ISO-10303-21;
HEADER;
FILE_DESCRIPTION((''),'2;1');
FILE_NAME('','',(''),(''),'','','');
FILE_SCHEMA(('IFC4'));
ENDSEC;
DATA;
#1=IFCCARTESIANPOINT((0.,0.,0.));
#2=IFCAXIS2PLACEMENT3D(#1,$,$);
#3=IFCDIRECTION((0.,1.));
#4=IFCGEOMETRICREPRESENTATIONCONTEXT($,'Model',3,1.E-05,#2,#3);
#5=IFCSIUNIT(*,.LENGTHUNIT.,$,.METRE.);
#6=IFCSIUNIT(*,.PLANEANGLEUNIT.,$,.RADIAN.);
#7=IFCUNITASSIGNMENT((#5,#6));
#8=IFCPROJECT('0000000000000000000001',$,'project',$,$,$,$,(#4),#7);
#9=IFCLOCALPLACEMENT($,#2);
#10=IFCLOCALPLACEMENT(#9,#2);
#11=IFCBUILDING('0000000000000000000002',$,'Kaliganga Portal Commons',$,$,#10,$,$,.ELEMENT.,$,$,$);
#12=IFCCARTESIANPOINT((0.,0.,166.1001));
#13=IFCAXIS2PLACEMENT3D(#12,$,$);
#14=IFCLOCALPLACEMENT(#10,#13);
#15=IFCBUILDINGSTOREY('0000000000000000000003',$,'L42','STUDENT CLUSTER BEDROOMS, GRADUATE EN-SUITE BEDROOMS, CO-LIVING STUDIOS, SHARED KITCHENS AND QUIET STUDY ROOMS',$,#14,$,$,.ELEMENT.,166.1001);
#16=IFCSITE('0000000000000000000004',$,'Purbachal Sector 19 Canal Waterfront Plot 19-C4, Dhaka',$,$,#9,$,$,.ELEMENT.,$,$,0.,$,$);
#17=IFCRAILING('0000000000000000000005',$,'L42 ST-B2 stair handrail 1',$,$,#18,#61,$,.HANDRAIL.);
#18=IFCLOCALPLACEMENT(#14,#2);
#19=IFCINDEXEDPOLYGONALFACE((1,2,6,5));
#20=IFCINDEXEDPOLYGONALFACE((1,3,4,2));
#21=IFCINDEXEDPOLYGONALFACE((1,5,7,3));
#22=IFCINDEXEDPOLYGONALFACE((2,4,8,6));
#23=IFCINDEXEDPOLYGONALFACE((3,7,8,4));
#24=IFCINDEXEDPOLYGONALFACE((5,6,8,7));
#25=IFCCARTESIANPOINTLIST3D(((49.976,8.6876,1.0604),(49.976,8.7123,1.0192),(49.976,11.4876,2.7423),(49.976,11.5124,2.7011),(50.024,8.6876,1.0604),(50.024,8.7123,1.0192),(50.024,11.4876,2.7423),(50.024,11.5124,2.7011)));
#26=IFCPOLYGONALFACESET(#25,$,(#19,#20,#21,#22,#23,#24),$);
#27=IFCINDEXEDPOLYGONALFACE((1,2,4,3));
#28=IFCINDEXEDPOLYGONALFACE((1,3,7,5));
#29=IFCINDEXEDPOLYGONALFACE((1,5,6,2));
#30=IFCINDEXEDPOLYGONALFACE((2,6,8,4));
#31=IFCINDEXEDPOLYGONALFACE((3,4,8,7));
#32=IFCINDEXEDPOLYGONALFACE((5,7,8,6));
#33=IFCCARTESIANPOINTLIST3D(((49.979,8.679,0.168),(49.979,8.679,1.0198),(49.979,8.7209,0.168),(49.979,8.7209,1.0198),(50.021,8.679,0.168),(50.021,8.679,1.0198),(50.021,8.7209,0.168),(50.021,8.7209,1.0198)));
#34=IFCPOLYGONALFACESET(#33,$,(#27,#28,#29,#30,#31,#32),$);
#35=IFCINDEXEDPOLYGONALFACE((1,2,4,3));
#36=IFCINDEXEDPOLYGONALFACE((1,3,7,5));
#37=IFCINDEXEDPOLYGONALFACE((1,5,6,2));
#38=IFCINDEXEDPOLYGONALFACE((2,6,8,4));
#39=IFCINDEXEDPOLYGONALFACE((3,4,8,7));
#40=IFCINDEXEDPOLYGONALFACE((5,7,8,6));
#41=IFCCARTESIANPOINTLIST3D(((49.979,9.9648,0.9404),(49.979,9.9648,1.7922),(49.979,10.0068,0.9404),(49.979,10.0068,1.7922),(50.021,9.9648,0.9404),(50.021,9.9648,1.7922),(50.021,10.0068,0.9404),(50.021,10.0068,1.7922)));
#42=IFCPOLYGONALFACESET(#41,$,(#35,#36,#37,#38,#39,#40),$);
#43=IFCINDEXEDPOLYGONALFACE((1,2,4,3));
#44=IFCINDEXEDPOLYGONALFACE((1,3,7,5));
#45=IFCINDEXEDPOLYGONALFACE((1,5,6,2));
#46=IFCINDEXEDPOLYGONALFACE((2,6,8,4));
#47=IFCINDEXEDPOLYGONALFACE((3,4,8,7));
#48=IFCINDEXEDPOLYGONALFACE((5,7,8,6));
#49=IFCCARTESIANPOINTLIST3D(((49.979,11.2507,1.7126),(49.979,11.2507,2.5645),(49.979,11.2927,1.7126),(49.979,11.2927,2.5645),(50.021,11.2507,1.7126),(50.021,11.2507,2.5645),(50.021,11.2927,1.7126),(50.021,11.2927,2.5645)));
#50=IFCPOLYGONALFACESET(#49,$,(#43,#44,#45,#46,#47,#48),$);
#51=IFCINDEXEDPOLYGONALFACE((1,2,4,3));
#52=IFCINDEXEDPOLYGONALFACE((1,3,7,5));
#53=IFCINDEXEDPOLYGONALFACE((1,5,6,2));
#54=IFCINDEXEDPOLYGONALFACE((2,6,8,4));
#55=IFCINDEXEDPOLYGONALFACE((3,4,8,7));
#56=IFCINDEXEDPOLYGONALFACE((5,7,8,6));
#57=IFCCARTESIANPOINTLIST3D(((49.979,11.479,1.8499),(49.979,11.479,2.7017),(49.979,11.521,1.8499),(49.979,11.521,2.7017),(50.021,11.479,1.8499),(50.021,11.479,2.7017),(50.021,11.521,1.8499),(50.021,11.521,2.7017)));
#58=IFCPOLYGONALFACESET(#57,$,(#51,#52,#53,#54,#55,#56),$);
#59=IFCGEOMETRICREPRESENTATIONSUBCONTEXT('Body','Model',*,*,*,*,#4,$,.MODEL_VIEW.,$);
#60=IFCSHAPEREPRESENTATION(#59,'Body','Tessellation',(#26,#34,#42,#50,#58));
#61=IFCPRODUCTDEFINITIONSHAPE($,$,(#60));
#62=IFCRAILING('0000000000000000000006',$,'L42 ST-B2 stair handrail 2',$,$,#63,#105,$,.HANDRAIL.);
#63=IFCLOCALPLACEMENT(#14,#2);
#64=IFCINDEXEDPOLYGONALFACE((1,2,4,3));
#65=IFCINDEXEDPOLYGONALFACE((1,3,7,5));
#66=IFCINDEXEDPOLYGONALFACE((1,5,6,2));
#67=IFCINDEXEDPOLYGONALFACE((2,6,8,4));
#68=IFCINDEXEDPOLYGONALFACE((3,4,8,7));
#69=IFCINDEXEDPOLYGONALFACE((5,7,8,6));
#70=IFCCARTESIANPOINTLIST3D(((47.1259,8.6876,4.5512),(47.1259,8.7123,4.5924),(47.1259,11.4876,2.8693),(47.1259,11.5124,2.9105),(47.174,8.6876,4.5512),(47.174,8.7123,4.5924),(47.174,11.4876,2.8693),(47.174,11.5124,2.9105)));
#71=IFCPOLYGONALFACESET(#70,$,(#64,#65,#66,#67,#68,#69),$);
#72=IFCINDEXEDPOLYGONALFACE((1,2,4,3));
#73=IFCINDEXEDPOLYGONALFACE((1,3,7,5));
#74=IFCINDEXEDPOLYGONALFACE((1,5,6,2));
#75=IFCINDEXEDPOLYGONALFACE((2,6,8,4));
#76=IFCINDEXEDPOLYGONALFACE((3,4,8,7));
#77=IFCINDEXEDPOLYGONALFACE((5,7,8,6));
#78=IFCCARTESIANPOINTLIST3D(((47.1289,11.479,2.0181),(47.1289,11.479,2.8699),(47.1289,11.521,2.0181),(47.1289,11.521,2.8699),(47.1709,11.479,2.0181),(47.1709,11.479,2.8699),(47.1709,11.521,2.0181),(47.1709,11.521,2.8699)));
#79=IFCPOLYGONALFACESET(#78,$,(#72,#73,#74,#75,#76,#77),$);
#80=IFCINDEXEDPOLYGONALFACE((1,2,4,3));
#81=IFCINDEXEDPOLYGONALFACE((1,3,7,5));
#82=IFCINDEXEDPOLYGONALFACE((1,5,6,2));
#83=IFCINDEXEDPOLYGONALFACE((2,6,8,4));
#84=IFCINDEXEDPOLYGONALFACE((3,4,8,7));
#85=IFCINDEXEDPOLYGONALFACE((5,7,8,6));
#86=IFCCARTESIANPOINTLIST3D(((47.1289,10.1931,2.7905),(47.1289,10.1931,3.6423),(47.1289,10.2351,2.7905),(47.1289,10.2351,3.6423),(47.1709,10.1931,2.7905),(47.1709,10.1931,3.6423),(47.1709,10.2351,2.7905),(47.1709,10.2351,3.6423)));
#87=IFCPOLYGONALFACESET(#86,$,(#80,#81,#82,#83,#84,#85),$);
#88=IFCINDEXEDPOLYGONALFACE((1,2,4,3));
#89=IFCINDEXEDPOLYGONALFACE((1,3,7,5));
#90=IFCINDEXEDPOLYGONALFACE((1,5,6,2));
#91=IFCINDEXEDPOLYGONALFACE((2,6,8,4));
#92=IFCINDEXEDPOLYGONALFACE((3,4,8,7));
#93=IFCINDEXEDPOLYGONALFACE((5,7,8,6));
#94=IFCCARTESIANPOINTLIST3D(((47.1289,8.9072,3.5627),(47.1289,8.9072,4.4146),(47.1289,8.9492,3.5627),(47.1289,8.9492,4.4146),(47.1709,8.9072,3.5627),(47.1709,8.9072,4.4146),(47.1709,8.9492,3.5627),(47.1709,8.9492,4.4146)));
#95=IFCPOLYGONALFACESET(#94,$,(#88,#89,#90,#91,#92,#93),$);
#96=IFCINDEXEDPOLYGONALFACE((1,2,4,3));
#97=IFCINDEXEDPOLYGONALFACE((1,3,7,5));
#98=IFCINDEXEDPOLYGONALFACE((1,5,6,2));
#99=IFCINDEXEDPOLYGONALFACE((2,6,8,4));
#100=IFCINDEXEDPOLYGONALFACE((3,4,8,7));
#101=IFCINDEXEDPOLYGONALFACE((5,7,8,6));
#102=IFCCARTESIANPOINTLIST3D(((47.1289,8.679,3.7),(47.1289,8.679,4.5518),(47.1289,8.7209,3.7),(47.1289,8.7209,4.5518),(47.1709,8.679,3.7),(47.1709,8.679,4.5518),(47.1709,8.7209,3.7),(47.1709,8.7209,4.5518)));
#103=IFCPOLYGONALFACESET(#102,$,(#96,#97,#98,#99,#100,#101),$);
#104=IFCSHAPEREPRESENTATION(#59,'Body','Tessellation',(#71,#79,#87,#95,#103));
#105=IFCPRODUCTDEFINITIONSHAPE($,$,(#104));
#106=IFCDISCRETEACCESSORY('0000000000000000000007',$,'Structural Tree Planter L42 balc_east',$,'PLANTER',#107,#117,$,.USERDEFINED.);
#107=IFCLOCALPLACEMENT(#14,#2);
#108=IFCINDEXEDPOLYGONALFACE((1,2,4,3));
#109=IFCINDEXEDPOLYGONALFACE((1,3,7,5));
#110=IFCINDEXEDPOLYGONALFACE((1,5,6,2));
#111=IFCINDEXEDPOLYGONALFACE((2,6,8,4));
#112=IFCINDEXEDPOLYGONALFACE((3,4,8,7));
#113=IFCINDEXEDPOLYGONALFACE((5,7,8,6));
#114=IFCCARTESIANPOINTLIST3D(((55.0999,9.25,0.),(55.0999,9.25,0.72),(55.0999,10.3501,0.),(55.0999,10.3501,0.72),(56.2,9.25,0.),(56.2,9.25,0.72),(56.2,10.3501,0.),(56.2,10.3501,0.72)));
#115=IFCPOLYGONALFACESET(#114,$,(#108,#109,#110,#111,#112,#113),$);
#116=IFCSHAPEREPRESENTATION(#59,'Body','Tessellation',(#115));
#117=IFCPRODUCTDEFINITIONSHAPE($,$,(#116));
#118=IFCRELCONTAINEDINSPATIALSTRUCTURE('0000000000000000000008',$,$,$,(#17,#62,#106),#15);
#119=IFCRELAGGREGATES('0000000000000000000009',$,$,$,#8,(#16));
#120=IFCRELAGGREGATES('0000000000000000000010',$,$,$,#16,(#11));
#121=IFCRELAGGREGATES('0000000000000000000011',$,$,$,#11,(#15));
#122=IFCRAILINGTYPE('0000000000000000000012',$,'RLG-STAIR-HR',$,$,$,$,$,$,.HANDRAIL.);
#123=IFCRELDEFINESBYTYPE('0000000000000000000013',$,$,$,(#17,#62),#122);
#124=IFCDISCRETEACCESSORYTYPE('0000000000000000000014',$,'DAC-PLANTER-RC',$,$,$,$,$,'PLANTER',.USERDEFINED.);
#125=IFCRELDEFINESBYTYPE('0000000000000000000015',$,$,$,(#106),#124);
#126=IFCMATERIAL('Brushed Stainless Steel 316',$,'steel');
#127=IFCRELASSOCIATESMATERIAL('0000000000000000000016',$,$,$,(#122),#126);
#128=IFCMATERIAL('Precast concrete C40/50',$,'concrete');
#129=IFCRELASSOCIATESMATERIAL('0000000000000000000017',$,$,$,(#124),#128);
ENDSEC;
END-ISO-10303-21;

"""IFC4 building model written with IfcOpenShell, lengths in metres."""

from ifc_helpers import new_model, si_unit, direction, frame, origin, origin_2d, place, context, subcontext, project, spatial, rectangle, extrude, source, transform, mapped, material, type_object, element, save


model = new_model("IFC4")

# Units and contexts
model_context = context("Model", 3, precision=1e-05, world=origin(), true_north=direction((0.0, 1.0)))
body_context = subcontext(model_context, "Body", "Model", "MODEL_VIEW")
ifc_project = project(units=[si_unit("LENGTHUNIT", "METRE"), si_unit("PLANEANGLEUNIT", "RADIAN")], contexts=[model_context])

# Site, building, storey
site_placement = place(None, origin())
site = spatial("IfcSite", under=ifc_project, at=site_placement, Name="Purbachal Sector 19 Canal Waterfront Plot 19-C4, Dhaka", CompositionType="ELEMENT", RefElevation=0.0)
building_placement = place(site_placement, origin())
building = spatial("IfcBuilding", under=site, at=building_placement, Name="Kaliganga Portal Commons", CompositionType="ELEMENT")
storey_placement = place(building_placement, frame((0.0, 0.0, 166.1001)))
storey = spatial("IfcBuildingStorey", under=building, at=storey_placement, Name="L42", Description="STUDENT CLUSTER BEDROOMS, GRADUATE EN-SUITE BEDROOMS, CO-LIVING STUDIOS, SHARED KITCHENS AND QUIET STUDY ROOMS", CompositionType="ELEMENT", Elevation=166.1001)

# Railings
ifc_material_1 = material(Name="Brushed Stainless Steel 316", Category="steel")
railing_type_1 = type_object("IfcRailingType", Name="RLG-STAIR-HR", PredefinedType="HANDRAIL", material=ifc_material_1)
railing_1_placement = place(storey_placement, frame((50.0, 8.7, 0.168)))
element("IfcRailing", 1, at=railing_1_placement, inside=storey, type_object=railing_type_1, Name="L42 ST-B2 stair handrail 1", PredefinedType="HANDRAIL", context=body_context, shape_type="SweptSolid", body=[
    extrude(rectangle(XDim=0.0481, YDim=0.0481, at=origin_2d()), frame((0.0, 0.0, 0.8718), z_axis=(0.0, 0.857242, 0.514913), x_axis=(-1.0, 0.0, 0.0)), (0.0, 0.0, 1.0), 3.2664),
    extrude(rectangle(XDim=0.042, YDim=0.042, at=origin_2d()), origin(), (0.0, 0.0, 1.0), 0.8518),
    extrude(rectangle(XDim=0.042, YDim=0.042, at=origin_2d()), frame((0.0, 1.2859, 0.7725)), (0.0, 0.0, 1.0), 0.8518),
    extrude(rectangle(XDim=0.042, YDim=0.042, at=origin_2d()), frame((0.0, 2.5718, 1.5447)), (0.0, 0.0, 1.0), 0.8518),
    extrude(rectangle(XDim=0.042, YDim=0.042, at=origin_2d()), frame((0.0, 2.8, 1.6819)), (0.0, 0.0, 1.0), 0.8518),
])
railing_2_placement = place(storey_placement, frame((47.1499, 11.5, 2.0181)))
element("IfcRailing", 2, at=railing_2_placement, inside=storey, type_object=railing_type_1, Name="L42 ST-B2 stair handrail 2", PredefinedType="HANDRAIL", context=body_context, shape_type="SweptSolid", body=[
    extrude(rectangle(XDim=0.0481, YDim=0.0481, at=origin_2d()), frame((0.0, 0.0, 0.8718), z_axis=(0.0, -0.857242, 0.514913), x_axis=(1.0, 0.0, 0.0)), (0.0, 0.0, 1.0), 3.2664),
    extrude(rectangle(XDim=0.042, YDim=0.042, at=origin_2d()), origin(), (0.0, 0.0, 1.0), 0.8518),
    extrude(rectangle(XDim=0.042, YDim=0.042, at=origin_2d()), frame((0.0, -1.2859, 0.7725)), (0.0, 0.0, 1.0), 0.8518),
    extrude(rectangle(XDim=0.042, YDim=0.042, at=origin_2d()), frame((0.0, -2.5718, 1.5447)), (0.0, 0.0, 1.0), 0.8518),
    extrude(rectangle(XDim=0.042, YDim=0.042, at=origin_2d()), frame((0.0, -2.8, 1.6819)), (0.0, 0.0, 1.0), 0.8518),
])

# Discrete accessory
ifc_material_2 = material(Name="Precast concrete C40/50", Category="concrete")
discrete_accessory_type = type_object("IfcDiscreteAccessoryType", Name="DAC-PLANTER-RC", ElementType="PLANTER", PredefinedType="USERDEFINED", material=ifc_material_2)
shared_shape_1 = source(origin(), body_context, "Body", "SweptSolid", [
    extrude(rectangle(XDim=1.1001, YDim=1.1001, at=origin_2d()), origin(), (0.0, 0.0, 1.0), 0.72),
])
discrete_accessory_placement = place(storey_placement, frame((55.6499, 9.8, 0.0), z_axis=(0.0, 0.0, 1.0), x_axis=(1.0, 0.0, 0.0)))
element("IfcDiscreteAccessory", 3, at=discrete_accessory_placement, inside=storey, type_object=discrete_accessory_type, Name="Structural Tree Planter L42 balc_east", ObjectType="PLANTER", PredefinedType="USERDEFINED", context=body_context, shape_type="MappedRepresentation", body=[
    mapped(shared_shape_1, transform((0.0, 0.0, 0.0), x_axis=(1.0, 0.0, 0.0), y_axis=(0.0, 1.0, 0.0), z_axis=(0.0, 0.0, 1.0), scale=1.0)),
])

save(model, "model.ifc")
